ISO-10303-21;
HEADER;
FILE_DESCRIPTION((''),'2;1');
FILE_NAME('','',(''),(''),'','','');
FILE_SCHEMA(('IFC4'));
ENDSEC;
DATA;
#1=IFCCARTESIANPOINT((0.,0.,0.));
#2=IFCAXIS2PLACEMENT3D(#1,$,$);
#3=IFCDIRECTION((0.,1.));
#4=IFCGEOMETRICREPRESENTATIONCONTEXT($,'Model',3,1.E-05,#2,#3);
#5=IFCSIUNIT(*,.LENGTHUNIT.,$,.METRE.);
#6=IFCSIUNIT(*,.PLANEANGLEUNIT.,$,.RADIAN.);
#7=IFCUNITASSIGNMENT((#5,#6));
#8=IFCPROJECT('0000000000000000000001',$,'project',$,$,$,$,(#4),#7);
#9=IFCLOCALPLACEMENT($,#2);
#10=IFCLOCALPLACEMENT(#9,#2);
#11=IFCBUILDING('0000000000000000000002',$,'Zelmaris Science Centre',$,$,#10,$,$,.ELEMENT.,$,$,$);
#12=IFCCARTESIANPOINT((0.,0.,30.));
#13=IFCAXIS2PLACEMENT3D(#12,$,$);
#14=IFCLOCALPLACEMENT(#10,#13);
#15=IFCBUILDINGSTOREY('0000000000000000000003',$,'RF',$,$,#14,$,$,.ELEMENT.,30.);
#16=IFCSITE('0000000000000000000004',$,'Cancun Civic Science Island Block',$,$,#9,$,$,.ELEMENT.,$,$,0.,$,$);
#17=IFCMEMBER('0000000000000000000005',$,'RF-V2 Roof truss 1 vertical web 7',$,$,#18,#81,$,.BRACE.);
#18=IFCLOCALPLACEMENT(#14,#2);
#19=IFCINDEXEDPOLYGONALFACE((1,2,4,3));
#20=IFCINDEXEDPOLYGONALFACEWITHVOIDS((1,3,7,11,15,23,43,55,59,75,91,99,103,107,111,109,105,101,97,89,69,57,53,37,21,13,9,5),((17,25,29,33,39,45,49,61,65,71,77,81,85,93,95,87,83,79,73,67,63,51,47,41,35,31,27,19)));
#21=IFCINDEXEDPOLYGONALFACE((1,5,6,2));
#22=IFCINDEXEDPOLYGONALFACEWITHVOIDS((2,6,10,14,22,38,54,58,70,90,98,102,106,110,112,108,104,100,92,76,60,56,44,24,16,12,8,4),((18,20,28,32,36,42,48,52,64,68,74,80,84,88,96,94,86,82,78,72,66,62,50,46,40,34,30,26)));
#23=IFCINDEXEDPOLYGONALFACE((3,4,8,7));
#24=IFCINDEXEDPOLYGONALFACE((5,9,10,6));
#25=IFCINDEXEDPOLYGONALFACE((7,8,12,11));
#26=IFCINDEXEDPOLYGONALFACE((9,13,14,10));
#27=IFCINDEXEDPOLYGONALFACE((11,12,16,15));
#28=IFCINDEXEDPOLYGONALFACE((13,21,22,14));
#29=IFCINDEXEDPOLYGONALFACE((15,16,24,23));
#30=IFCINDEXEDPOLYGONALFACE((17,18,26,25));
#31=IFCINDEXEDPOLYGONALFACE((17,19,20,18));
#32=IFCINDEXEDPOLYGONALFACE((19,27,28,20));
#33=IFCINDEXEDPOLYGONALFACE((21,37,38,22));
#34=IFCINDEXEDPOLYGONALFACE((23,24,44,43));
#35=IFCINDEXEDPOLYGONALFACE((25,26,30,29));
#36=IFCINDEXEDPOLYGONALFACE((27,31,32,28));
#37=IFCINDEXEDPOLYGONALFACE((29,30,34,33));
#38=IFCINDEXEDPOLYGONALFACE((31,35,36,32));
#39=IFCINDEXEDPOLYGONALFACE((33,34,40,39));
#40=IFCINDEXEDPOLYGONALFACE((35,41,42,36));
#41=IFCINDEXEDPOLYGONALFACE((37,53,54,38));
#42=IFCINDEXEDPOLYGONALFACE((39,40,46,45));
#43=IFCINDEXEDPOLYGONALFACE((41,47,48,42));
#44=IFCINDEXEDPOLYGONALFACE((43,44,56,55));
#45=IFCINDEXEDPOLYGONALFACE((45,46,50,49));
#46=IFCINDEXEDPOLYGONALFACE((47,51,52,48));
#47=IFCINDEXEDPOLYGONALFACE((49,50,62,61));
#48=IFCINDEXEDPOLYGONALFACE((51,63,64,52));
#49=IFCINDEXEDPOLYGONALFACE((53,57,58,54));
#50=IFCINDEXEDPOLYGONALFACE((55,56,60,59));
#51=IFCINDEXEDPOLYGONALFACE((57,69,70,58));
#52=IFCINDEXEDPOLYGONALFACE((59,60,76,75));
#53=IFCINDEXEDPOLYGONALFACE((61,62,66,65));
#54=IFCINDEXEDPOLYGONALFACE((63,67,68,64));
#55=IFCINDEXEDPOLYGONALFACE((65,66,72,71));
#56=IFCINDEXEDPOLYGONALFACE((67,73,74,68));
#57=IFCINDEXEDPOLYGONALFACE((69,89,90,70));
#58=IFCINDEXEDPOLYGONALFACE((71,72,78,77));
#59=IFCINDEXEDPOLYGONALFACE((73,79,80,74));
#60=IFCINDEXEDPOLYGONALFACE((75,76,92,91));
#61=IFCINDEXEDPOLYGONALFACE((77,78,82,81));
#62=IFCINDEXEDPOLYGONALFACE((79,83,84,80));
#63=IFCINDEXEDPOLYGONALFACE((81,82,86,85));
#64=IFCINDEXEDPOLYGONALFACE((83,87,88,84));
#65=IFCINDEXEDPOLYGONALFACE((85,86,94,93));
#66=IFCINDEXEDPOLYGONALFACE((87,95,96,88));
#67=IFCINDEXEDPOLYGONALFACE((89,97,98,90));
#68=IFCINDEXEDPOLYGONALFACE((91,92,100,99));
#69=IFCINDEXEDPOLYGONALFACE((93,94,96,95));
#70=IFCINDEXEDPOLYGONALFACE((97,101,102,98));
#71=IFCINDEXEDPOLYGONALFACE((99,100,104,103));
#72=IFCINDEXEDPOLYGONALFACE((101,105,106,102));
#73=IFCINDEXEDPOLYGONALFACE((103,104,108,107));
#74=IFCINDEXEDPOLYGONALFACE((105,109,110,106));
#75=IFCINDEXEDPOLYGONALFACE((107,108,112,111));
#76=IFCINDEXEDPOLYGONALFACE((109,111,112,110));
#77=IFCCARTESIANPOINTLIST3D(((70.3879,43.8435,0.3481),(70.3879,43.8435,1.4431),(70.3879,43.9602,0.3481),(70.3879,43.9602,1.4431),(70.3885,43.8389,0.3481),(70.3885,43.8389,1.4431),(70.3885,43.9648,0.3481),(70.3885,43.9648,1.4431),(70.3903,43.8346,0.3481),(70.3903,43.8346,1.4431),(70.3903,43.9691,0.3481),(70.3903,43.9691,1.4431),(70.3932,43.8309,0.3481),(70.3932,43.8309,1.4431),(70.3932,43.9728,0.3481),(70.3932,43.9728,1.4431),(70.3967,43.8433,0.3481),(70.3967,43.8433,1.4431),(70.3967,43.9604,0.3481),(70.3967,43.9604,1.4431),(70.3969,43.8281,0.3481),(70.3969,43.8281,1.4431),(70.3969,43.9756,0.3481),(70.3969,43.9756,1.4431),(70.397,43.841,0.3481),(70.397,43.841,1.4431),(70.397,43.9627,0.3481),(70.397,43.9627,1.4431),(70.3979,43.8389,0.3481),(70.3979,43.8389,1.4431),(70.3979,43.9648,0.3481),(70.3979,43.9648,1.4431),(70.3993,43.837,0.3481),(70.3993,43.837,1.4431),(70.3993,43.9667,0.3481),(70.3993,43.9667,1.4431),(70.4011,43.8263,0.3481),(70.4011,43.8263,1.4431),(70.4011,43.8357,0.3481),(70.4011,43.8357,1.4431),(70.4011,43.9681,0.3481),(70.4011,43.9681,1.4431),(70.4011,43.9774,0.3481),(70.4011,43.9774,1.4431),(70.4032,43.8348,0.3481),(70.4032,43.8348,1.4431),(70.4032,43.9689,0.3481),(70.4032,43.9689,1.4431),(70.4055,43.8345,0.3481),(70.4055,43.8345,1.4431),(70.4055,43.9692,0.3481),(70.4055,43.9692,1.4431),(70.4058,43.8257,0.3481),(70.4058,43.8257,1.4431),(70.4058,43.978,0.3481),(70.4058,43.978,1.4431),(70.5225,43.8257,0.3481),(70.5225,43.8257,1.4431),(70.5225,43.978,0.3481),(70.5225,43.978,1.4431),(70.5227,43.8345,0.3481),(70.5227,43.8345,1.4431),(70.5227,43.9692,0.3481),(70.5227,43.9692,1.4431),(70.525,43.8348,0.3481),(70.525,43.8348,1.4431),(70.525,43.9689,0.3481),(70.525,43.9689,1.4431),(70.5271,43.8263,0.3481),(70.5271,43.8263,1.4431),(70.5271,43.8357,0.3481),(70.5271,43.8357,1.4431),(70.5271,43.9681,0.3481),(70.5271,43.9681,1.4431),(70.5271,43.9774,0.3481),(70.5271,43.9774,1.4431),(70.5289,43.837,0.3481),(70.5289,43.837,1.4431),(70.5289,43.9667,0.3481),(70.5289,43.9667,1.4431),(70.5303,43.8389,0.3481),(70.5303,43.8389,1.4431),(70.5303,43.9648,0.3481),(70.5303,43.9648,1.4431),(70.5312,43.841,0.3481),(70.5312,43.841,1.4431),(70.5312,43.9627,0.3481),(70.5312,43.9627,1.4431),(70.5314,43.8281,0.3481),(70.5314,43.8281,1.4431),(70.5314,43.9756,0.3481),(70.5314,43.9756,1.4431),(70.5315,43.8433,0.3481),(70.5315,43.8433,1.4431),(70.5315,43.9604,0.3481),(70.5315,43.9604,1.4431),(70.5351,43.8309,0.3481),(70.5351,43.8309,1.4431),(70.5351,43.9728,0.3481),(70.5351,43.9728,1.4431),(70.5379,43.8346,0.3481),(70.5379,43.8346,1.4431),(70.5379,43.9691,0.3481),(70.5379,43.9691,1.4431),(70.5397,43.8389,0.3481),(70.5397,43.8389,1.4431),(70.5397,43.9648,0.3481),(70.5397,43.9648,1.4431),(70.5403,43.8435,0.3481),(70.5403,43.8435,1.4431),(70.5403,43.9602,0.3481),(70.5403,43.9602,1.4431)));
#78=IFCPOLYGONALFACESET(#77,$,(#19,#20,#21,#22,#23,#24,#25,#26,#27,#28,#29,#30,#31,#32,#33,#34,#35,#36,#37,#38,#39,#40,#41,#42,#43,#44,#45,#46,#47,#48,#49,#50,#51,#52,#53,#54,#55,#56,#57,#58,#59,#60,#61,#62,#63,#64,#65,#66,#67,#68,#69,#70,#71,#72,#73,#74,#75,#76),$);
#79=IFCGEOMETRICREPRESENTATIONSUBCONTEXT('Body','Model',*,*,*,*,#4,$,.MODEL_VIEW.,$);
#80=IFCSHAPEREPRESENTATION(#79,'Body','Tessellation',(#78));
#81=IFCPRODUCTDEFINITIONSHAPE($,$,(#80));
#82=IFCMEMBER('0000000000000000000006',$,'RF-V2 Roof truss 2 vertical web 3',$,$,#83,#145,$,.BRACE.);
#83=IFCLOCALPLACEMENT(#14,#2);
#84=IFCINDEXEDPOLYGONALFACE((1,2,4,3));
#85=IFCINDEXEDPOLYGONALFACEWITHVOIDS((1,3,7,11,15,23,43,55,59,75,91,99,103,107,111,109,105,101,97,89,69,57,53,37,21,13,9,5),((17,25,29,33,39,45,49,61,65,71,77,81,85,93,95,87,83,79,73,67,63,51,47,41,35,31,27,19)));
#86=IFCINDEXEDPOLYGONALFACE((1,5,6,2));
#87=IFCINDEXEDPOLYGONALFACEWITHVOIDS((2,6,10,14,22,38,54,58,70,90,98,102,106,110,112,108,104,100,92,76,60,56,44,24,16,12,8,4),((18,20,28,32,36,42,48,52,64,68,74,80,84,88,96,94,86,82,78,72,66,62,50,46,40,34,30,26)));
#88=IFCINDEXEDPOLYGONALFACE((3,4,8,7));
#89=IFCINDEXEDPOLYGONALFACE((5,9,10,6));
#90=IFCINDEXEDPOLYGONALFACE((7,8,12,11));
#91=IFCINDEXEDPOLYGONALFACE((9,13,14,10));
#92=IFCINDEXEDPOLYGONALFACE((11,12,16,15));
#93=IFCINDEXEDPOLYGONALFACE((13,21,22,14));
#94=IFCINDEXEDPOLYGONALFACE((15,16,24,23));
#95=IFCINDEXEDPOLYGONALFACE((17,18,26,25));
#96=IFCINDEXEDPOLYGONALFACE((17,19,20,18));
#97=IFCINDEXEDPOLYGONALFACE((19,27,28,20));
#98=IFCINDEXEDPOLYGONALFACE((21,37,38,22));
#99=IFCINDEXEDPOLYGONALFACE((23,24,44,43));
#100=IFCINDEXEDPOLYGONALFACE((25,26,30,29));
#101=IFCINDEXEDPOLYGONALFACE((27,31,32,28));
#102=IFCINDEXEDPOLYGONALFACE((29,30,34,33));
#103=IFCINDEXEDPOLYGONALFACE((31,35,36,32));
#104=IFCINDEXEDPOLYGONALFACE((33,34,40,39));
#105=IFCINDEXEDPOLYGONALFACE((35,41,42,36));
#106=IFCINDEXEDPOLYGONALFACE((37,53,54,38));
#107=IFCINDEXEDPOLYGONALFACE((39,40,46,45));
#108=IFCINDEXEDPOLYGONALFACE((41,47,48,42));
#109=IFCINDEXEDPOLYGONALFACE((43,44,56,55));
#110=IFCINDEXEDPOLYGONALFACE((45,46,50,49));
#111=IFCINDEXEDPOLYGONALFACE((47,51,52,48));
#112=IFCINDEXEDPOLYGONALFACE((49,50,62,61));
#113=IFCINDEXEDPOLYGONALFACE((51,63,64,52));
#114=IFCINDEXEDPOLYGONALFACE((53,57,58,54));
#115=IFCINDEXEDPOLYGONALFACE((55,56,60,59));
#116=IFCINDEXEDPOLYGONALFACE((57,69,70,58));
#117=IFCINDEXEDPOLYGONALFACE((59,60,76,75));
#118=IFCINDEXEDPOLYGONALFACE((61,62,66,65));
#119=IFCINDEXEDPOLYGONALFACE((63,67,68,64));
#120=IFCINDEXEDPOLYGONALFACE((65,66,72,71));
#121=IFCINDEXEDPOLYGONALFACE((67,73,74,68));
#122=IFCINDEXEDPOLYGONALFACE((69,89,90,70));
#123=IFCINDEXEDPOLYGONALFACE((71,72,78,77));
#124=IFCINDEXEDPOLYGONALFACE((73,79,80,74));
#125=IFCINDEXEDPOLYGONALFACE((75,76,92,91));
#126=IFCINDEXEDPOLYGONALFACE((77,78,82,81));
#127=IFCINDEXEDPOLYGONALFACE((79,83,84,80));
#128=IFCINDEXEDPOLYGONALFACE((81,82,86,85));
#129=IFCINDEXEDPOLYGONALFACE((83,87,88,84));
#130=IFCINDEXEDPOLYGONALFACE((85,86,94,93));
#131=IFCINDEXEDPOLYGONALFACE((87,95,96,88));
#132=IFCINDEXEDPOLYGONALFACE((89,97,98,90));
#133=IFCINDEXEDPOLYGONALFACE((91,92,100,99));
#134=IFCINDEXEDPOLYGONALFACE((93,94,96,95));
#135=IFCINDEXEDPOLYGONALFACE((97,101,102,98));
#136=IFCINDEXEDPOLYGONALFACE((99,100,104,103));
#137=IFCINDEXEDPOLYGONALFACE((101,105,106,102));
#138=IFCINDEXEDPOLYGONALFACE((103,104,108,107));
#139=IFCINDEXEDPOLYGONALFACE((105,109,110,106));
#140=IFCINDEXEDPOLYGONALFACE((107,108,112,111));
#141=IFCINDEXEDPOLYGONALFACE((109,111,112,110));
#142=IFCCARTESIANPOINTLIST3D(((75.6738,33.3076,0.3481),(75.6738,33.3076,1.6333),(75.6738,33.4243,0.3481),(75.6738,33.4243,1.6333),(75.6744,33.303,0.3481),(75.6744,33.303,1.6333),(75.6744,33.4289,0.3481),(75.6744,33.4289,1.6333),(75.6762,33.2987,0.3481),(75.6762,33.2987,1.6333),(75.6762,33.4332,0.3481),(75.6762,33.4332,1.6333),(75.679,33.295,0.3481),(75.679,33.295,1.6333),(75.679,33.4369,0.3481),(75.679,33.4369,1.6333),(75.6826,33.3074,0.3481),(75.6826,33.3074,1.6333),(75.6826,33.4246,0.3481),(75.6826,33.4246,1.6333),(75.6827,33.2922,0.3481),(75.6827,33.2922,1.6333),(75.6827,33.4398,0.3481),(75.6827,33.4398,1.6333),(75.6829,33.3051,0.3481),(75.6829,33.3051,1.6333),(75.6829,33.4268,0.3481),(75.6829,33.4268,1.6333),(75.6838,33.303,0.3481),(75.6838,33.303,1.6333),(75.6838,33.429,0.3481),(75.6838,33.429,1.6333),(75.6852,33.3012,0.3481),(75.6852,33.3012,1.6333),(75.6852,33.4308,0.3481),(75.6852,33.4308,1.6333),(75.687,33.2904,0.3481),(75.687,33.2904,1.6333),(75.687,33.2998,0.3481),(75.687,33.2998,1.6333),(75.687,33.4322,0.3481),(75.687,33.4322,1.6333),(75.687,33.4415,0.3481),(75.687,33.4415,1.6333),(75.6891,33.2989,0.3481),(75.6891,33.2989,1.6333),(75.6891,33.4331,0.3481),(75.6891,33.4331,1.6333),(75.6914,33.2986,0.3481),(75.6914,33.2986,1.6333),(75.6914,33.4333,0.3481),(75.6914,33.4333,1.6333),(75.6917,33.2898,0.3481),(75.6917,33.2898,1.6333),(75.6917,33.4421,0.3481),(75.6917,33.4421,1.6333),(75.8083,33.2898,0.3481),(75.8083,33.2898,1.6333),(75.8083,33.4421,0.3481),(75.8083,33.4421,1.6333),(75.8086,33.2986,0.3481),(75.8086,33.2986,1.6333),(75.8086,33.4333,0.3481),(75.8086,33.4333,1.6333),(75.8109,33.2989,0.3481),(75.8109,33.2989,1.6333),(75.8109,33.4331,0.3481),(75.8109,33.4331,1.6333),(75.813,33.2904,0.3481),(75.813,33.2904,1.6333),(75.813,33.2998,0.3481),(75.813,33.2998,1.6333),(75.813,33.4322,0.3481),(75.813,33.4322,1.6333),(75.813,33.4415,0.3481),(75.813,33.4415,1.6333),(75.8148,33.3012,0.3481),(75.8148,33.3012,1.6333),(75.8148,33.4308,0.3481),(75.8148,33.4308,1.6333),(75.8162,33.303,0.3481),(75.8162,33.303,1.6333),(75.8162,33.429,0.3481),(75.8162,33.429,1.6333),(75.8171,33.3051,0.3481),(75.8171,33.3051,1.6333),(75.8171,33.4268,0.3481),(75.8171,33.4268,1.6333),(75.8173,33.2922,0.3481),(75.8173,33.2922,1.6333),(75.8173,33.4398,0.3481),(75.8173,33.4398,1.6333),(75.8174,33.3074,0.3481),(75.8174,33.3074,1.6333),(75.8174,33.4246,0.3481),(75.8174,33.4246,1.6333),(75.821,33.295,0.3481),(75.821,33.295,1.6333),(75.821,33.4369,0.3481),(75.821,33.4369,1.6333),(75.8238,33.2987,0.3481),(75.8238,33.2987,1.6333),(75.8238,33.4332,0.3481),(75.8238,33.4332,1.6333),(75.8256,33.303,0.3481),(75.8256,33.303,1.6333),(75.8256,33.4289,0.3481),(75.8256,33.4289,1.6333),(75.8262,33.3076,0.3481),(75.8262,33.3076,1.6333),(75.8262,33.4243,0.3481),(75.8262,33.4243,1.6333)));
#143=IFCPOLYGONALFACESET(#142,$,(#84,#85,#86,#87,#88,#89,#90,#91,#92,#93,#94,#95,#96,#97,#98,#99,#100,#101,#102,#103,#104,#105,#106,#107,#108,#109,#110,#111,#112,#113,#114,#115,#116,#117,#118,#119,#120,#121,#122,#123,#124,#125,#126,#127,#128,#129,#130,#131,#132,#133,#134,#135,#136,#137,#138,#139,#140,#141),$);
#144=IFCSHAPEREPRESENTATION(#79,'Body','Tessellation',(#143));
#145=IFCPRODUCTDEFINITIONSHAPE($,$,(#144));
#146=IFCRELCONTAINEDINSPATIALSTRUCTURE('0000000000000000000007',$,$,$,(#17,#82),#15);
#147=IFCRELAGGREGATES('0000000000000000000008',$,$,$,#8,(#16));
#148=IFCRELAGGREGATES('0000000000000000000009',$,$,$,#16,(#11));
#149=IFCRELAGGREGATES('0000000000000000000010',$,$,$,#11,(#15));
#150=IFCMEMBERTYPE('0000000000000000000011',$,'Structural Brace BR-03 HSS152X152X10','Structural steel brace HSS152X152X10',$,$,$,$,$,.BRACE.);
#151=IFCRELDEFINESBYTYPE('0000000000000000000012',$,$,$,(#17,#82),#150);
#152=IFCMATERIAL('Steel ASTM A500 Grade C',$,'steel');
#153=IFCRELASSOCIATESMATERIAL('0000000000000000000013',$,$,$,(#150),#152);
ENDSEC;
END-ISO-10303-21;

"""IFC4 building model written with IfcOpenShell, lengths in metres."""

from ifc_helpers import new_model, si_unit, direction, frame, origin, origin_2d, place, context, subcontext, project, spatial, hollow_rectangle, extrude, material, material_profile, profile_set, type_object, element, save


model = new_model("IFC4")

# Units and contexts
model_context = context("Model", 3, precision=1e-05, world=origin(), true_north=direction((0.0, 1.0)))
body_context = subcontext(model_context, "Body", "Model", "MODEL_VIEW")
ifc_project = project(units=[si_unit("LENGTHUNIT", "METRE"), si_unit("PLANEANGLEUNIT", "RADIAN")], contexts=[model_context])

# Site, building, storey
site_placement = place(None, origin())
site = spatial("IfcSite", under=ifc_project, at=site_placement, Name="Cancun Civic Science Island Block", CompositionType="ELEMENT", RefElevation=0.0)
building_placement = place(site_placement, origin())
building = spatial("IfcBuilding", under=site, at=building_placement, Name="Zelmaris Science Centre", CompositionType="ELEMENT")
storey_placement = place(building_placement, frame((0.0, 0.0, 30.0)))
storey = spatial("IfcBuildingStorey", under=building, at=storey_placement, Name="RF", CompositionType="ELEMENT", Elevation=30.0)

# Shared definitions
ifc_material_1 = material(Name="Steel ASTM A500 Grade C", Category="steel")

# Members
ifc_material_profile_1 = material_profile(ifc_material_1, hollow_rectangle(XDim=0.1523, YDim=0.1523, WallThickness=0.0088, InnerFilletRadius=0.0088, OuterFilletRadius=0.0178, at=origin_2d()), Name="HSS152X152X10")
ifc_profile_set_1 = profile_set([ifc_material_profile_1], Name="Steel ASTM A500 Grade C")
member_type_1 = type_object("IfcMemberType", Name="Structural Brace BR-03 HSS152X152X10", Description="Structural steel brace HSS152X152X10", PredefinedType="BRACE", material=ifc_profile_set_1)
member_1_placement = place(storey_placement, frame((70.4641, 43.9019, 0.3481), z_axis=(0.0, 0.0, 1.0), x_axis=(1.0, 0.0, 0.0)))
element("IfcMember", 1, at=member_1_placement, inside=storey, type_object=member_type_1, Name="RF-V2 Roof truss 1 vertical web 7", PredefinedType="BRACE", context=body_context, shape_type="SweptSolid", body=[
    extrude(hollow_rectangle(XDim=0.1523, YDim=0.1523, WallThickness=0.0088, InnerFilletRadius=0.0088, OuterFilletRadius=0.0178, at=origin_2d()), origin(), (0.0, 0.0, 1.0), 1.095),
])
member_2_placement = place(storey_placement, frame((75.75, 33.366, 0.3481), z_axis=(0.0, 0.0, 1.0), x_axis=(1.0, 0.0, 0.0)))
element("IfcMember", 2, at=member_2_placement, inside=storey, type_object=member_type_1, Name="RF-V2 Roof truss 2 vertical web 3", PredefinedType="BRACE", context=body_context, shape_type="SweptSolid", body=[
    extrude(hollow_rectangle(XDim=0.1523, YDim=0.1523, WallThickness=0.0088, InnerFilletRadius=0.0088, OuterFilletRadius=0.0178, at=origin_2d()), origin(), (0.0, 0.0, 1.0), 1.2852),
])

save(model, "model.ifc")
